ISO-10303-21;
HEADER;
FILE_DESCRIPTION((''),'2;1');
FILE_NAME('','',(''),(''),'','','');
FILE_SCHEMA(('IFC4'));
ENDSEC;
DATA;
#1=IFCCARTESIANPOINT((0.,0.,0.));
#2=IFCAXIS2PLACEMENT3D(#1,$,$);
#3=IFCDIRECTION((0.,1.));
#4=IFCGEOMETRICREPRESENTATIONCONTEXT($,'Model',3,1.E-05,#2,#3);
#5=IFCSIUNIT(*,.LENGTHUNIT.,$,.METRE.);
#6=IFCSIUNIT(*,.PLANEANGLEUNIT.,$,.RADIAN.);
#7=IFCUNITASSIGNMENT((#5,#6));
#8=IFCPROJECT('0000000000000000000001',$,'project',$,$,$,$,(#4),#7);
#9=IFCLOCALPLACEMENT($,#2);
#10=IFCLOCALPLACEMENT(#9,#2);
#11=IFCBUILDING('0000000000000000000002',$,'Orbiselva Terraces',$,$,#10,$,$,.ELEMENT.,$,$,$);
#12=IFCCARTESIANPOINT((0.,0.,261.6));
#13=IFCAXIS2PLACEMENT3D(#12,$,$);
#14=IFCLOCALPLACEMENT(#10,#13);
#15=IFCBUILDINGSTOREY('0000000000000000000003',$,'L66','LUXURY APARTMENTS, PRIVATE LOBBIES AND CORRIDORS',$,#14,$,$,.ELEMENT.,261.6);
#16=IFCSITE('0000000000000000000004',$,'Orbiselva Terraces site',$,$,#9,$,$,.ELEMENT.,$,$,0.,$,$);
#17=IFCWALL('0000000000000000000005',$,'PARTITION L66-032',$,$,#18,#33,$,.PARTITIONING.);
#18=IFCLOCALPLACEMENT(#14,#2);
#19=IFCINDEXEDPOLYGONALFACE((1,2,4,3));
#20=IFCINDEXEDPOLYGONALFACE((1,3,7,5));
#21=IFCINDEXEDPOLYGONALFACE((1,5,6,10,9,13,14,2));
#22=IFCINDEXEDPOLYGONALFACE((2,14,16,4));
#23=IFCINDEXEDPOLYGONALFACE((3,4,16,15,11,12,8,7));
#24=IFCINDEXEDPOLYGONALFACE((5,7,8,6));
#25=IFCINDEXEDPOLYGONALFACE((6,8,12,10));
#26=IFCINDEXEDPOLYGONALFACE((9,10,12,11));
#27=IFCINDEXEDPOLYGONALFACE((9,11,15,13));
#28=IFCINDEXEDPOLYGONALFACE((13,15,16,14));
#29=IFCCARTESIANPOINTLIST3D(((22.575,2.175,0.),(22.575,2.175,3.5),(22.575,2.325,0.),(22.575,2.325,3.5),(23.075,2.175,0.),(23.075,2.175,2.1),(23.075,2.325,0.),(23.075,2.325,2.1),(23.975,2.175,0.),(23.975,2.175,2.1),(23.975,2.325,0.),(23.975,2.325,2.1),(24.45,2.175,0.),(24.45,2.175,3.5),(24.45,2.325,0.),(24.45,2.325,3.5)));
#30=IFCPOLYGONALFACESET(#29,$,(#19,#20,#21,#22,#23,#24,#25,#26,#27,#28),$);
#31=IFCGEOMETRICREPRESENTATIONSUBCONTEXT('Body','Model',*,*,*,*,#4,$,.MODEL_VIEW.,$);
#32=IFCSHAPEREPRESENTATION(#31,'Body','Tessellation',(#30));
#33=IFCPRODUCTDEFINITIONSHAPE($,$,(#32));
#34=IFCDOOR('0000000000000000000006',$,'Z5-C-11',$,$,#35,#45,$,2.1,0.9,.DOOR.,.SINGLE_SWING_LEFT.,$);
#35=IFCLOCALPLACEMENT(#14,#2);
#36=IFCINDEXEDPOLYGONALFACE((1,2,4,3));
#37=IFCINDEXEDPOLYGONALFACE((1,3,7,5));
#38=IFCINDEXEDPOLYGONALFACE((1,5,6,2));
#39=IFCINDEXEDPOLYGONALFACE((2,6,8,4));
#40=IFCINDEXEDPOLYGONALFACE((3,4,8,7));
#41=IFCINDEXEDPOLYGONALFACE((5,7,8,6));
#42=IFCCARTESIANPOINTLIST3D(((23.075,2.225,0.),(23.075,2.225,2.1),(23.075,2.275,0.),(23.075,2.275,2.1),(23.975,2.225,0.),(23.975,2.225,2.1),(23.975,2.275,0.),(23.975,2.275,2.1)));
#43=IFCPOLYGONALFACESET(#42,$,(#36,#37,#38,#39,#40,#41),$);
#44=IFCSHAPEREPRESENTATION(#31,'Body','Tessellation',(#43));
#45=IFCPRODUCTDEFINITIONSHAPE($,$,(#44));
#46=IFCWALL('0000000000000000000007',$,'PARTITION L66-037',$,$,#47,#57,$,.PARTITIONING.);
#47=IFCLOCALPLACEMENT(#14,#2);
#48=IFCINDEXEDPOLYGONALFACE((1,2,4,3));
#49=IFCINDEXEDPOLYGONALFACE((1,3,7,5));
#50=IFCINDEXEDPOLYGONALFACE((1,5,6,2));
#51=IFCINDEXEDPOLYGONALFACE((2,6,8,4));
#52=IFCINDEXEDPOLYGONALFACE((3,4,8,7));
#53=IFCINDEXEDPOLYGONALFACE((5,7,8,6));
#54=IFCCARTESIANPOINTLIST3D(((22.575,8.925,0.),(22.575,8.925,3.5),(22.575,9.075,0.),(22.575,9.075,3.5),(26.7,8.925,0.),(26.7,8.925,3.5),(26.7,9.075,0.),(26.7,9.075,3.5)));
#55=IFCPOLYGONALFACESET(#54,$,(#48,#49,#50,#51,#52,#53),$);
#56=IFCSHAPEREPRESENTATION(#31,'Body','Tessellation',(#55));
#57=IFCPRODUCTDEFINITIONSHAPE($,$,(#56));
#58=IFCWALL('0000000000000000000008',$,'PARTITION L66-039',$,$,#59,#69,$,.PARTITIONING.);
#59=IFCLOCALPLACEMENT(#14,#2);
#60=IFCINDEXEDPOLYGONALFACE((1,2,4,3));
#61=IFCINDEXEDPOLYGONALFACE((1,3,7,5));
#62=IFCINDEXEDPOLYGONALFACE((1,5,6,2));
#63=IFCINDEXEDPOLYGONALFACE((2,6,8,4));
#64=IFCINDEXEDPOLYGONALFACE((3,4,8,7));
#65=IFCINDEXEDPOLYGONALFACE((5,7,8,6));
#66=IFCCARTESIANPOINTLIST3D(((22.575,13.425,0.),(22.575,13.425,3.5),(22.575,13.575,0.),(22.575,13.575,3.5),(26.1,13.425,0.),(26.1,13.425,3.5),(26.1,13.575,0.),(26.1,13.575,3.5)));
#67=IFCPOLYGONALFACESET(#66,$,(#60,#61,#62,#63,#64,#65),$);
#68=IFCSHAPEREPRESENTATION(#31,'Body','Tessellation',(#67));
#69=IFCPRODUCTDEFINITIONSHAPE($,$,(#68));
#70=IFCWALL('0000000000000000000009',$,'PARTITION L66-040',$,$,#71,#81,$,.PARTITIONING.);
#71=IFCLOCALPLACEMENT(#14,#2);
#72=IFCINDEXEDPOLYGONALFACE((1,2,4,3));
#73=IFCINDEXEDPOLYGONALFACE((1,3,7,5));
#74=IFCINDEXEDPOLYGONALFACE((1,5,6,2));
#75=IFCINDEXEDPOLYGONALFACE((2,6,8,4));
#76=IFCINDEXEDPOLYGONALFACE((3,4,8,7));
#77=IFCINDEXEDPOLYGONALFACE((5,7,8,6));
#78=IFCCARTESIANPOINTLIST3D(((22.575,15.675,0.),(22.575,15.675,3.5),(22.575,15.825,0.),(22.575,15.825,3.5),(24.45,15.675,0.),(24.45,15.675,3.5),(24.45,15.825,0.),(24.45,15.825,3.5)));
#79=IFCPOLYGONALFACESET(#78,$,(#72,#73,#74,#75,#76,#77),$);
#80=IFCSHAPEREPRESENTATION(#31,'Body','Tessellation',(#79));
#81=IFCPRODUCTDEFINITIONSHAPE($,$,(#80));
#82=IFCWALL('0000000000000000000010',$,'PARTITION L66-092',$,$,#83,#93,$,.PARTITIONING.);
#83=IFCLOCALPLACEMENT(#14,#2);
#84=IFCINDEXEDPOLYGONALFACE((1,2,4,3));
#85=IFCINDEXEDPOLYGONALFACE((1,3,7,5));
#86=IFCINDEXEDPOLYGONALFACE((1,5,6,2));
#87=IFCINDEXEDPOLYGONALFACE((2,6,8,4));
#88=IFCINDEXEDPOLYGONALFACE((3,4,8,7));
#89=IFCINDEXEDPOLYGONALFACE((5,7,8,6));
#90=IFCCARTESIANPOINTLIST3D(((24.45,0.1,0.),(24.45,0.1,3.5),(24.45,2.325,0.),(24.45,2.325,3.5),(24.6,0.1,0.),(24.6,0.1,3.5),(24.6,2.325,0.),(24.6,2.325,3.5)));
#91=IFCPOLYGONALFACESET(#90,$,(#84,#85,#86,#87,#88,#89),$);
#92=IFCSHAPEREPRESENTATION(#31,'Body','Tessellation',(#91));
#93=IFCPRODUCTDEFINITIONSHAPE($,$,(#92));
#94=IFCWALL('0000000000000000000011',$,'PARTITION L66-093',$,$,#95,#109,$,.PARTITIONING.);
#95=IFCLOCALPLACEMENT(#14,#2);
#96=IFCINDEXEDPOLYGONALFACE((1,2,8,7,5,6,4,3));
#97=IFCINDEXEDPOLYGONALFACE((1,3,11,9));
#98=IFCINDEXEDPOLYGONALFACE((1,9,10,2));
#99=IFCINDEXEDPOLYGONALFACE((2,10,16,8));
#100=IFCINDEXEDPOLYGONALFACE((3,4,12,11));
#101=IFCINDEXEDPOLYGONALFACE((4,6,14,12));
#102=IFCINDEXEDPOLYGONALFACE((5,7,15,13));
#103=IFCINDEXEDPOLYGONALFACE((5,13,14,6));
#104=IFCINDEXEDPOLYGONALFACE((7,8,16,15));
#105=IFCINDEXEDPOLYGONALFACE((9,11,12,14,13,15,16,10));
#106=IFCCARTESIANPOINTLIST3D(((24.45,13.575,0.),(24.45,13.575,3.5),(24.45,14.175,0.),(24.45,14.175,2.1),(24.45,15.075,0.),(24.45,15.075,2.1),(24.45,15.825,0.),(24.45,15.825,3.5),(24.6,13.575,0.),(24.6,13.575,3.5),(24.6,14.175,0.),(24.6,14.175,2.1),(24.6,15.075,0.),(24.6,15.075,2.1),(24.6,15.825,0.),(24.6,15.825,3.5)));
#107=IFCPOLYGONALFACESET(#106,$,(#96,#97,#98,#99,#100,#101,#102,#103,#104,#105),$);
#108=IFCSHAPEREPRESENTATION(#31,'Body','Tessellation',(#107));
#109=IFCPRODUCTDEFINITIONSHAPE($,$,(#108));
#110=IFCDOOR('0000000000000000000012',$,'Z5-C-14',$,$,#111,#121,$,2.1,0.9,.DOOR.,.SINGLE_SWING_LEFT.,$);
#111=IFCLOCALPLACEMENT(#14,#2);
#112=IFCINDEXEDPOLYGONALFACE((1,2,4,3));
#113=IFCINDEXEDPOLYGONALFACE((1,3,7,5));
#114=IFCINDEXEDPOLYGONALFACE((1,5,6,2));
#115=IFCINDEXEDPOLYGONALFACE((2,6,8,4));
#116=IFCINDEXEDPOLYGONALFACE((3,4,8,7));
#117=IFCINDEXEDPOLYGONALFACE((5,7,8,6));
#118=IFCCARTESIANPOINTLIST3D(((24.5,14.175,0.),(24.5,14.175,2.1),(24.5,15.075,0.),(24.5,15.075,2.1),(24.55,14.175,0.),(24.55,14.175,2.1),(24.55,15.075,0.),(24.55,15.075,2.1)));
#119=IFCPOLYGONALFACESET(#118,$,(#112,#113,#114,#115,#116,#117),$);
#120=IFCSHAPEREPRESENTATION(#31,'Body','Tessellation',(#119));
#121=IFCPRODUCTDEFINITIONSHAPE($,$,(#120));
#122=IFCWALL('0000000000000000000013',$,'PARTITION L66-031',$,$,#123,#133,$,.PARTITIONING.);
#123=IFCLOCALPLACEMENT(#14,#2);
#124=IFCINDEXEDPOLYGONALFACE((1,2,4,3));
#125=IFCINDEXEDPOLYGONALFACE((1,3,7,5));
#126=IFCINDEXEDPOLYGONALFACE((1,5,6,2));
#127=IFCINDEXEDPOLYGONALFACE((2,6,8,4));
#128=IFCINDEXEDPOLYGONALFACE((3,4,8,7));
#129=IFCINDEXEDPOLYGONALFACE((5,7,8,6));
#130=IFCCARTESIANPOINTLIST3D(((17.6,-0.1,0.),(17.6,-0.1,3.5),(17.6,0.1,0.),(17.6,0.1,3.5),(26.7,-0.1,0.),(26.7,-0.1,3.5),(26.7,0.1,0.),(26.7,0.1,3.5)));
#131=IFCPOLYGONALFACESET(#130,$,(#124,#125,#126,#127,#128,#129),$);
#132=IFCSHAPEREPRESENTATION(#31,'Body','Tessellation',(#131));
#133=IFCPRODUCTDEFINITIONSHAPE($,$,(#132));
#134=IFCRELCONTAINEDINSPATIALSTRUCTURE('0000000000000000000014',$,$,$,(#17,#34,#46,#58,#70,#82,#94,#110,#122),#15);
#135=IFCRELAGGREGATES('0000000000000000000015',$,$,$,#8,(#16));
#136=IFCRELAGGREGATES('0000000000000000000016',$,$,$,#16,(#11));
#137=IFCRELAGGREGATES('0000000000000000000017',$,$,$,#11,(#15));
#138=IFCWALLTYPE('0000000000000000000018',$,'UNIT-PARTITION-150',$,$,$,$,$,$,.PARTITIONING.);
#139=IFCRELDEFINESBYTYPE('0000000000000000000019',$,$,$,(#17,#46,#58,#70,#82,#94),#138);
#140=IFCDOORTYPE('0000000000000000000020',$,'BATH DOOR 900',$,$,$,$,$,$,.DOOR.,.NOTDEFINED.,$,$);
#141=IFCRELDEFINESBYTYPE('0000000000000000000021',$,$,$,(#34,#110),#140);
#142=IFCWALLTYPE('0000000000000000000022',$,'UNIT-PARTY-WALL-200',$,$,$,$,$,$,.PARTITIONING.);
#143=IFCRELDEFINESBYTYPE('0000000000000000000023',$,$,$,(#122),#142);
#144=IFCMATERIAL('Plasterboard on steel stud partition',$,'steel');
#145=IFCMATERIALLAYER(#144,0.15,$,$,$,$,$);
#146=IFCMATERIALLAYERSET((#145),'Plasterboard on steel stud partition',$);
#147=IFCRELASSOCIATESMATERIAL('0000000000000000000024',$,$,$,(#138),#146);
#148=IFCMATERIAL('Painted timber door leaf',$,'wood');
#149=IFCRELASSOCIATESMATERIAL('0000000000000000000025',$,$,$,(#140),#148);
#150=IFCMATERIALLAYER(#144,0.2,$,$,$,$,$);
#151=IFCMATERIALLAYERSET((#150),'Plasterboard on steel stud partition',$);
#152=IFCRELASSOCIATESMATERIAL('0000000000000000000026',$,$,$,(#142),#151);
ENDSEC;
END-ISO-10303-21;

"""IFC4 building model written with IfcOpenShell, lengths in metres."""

from ifc_helpers import new_model, si_unit, direction, frame, frame_2d, origin, place, context, subcontext, project, spatial, rectangle, extrude, material, layer, layer_set, type_object, element, fill, save


model = new_model("IFC4")

# Units and contexts
model_context = context("Model", 3, precision=1e-05, world=origin(), true_north=direction((0.0, 1.0)))
body_context = subcontext(model_context, "Body", "Model", "MODEL_VIEW")
ifc_project = project(units=[si_unit("LENGTHUNIT", "METRE"), si_unit("PLANEANGLEUNIT", "RADIAN")], contexts=[model_context])

# Site, building, storey
site_placement = place(None, origin())
site = spatial("IfcSite", under=ifc_project, at=site_placement, Name="Orbiselva Terraces site", CompositionType="ELEMENT", RefElevation=0.0)
building_placement = place(site_placement, origin())
building = spatial("IfcBuilding", under=site, at=building_placement, Name="Orbiselva Terraces", CompositionType="ELEMENT")
storey_placement = place(building_placement, frame((0.0, 0.0, 261.6)))
storey = spatial("IfcBuildingStorey", under=building, at=storey_placement, Name="L66", Description="LUXURY APARTMENTS, PRIVATE LOBBIES AND CORRIDORS", CompositionType="ELEMENT", Elevation=261.6)

# Shared definitions
ifc_material_1 = material(Name="Plasterboard on steel stud partition", Category="steel")
ifc_material_2 = material(Name="Painted timber door leaf", Category="wood")

# Wall, opening, door
ifc_layer_1 = layer(ifc_material_1, 0.15)
ifc_layer_set_1 = layer_set([ifc_layer_1], Name="Plasterboard on steel stud partition")
wall_type_1 = type_object("IfcWallType", Name="UNIT-PARTITION-150", PredefinedType="PARTITIONING", material=ifc_layer_set_1)
wall_1_placement = place(storey_placement, frame((24.45, 2.25, 0.0), z_axis=(0.0, 0.0, 1.0), x_axis=(-1.0, 0.0, 0.0)))
wall_1 = element("IfcWall", 1, at=wall_1_placement, inside=storey, type_object=wall_type_1, Name="PARTITION L66-032", PredefinedType="PARTITIONING", context=body_context, shape_type="SweptSolid", body=[
    extrude(rectangle(XDim=1.875, YDim=0.15, at=frame_2d((0.9375, 0.0))), origin(), (0.0, 0.0, 1.0), 3.5),
])
opening_1_placement = place(wall_1_placement, frame((0.475, 0.0, 0.0)))
opening_1 = element("IfcOpeningElement", 2, at=opening_1_placement, cuts=wall_1, PredefinedType="OPENING", context=body_context, shape_type="SweptSolid", body=[
    extrude(rectangle(XDim=0.9, YDim=2.1, at=frame_2d((0.45, 1.05))), frame((0.0, 0.085, 0.0), z_axis=(0.0, -1.0, 0.0), x_axis=(1.0, 0.0, 0.0)), (0.0, 0.0, 1.0), 0.17),
])
door_type_1 = type_object("IfcDoorType", Name="BATH DOOR 900", OperationType="NOTDEFINED", PredefinedType="DOOR", material=ifc_material_2)
door_1_placement = place(opening_1_placement, origin())
door_1 = element("IfcDoor", 3, at=door_1_placement, inside=storey, type_object=door_type_1, Name="Z5-C-11", OperationType="SINGLE_SWING_LEFT", OverallHeight=2.1, OverallWidth=0.9, PredefinedType="DOOR", context=body_context, shape_type="SweptSolid", body=[
    extrude(rectangle(XDim=0.9, YDim=2.1, at=frame_2d((0.45, 1.05))), frame((0.0, 0.025, 0.0), z_axis=(0.0, -1.0, 0.0), x_axis=(1.0, 0.0, 0.0)), (0.0, 0.0, 1.0), 0.05),
])
fill(opening_1, door_1)

# Walls
wall_2_placement = place(storey_placement, frame((22.575, 9.0, 0.0), z_axis=(0.0, 0.0, 1.0), x_axis=(1.0, 0.0, 0.0)))
element("IfcWall", 4, at=wall_2_placement, inside=storey, type_object=wall_type_1, Name="PARTITION L66-037", PredefinedType="PARTITIONING", context=body_context, shape_type="SweptSolid", body=[
    extrude(rectangle(XDim=4.125, YDim=0.15, at=frame_2d((2.0625, 0.0))), origin(), (0.0, 0.0, 1.0), 3.5),
])
wall_3_placement = place(storey_placement, frame((22.575, 13.5, 0.0), z_axis=(0.0, 0.0, 1.0), x_axis=(1.0, 0.0, 0.0)))
element("IfcWall", 5, at=wall_3_placement, inside=storey, type_object=wall_type_1, Name="PARTITION L66-039", PredefinedType="PARTITIONING", context=body_context, shape_type="SweptSolid", body=[
    extrude(rectangle(XDim=3.525, YDim=0.15, at=frame_2d((1.7625, 0.0))), origin(), (0.0, 0.0, 1.0), 3.5),
])
wall_4_placement = place(storey_placement, frame((22.575, 15.75, 0.0), z_axis=(0.0, 0.0, 1.0), x_axis=(1.0, 0.0, 0.0)))
element("IfcWall", 6, at=wall_4_placement, inside=storey, type_object=wall_type_1, Name="PARTITION L66-040", PredefinedType="PARTITIONING", context=body_context, shape_type="SweptSolid", body=[
    extrude(rectangle(XDim=1.875, YDim=0.15, at=frame_2d((0.9375, 0.0))), origin(), (0.0, 0.0, 1.0), 3.5),
])
wall_5_placement = place(storey_placement, frame((24.525, 0.1, 0.0), z_axis=(0.0, 0.0, 1.0), x_axis=(0.0, 1.0, 0.0)))
element("IfcWall", 7, at=wall_5_placement, inside=storey, type_object=wall_type_1, Name="PARTITION L66-092", PredefinedType="PARTITIONING", context=body_context, shape_type="SweptSolid", body=[
    extrude(rectangle(XDim=2.225, YDim=0.15, at=frame_2d((1.1125, 0.0))), origin(), (0.0, 0.0, 1.0), 3.5),
])

# Wall, opening, door
wall_6_placement = place(storey_placement, frame((24.525, 13.575, 0.0), z_axis=(0.0, 0.0, 1.0), x_axis=(0.0, 1.0, 0.0)))
wall_6 = element("IfcWall", 8, at=wall_6_placement, inside=storey, type_object=wall_type_1, Name="PARTITION L66-093", PredefinedType="PARTITIONING", context=body_context, shape_type="SweptSolid", body=[
    extrude(rectangle(XDim=2.25, YDim=0.15, at=frame_2d((1.125, 0.0))), origin(), (0.0, 0.0, 1.0), 3.5),
])
opening_2_placement = place(wall_6_placement, frame((0.6, 0.0, 0.0)))
opening_2 = element("IfcOpeningElement", 9, at=opening_2_placement, cuts=wall_6, PredefinedType="OPENING", context=body_context, shape_type="SweptSolid", body=[
    extrude(rectangle(XDim=0.9, YDim=2.1, at=frame_2d((0.45, 1.05))), frame((0.0, 0.085, 0.0), z_axis=(0.0, -1.0, 0.0), x_axis=(1.0, 0.0, 0.0)), (0.0, 0.0, 1.0), 0.17),
])
door_2_placement = place(opening_2_placement, origin())
door_2 = element("IfcDoor", 10, at=door_2_placement, inside=storey, type_object=door_type_1, Name="Z5-C-14", OperationType="SINGLE_SWING_LEFT", OverallHeight=2.1, OverallWidth=0.9, PredefinedType="DOOR", context=body_context, shape_type="SweptSolid", body=[
    extrude(rectangle(XDim=0.9, YDim=2.1, at=frame_2d((0.45, 1.05))), frame((0.0, 0.025, 0.0), z_axis=(0.0, -1.0, 0.0), x_axis=(1.0, 0.0, 0.0)), (0.0, 0.0, 1.0), 0.05),
])
fill(opening_2, door_2)

# Wall
ifc_layer_2 = layer(ifc_material_1, 0.2)
ifc_layer_set_2 = layer_set([ifc_layer_2], Name="Plasterboard on steel stud partition")
wall_type_2 = type_object("IfcWallType", Name="UNIT-PARTY-WALL-200", PredefinedType="PARTITIONING", material=ifc_layer_set_2)
wall_7_placement = place(storey_placement, frame((17.6, 0.0, 0.0), z_axis=(0.0, 0.0, 1.0), x_axis=(1.0, 0.0, 0.0)))
element("IfcWall", 11, at=wall_7_placement, inside=storey, type_object=wall_type_2, Name="PARTITION L66-031", PredefinedType="PARTITIONING", context=body_context, shape_type="SweptSolid", body=[
    extrude(rectangle(XDim=9.1, YDim=0.2, at=frame_2d((4.55, 0.0))), origin(), (0.0, 0.0, 1.0), 3.5),
])

save(model, "model.ifc")
